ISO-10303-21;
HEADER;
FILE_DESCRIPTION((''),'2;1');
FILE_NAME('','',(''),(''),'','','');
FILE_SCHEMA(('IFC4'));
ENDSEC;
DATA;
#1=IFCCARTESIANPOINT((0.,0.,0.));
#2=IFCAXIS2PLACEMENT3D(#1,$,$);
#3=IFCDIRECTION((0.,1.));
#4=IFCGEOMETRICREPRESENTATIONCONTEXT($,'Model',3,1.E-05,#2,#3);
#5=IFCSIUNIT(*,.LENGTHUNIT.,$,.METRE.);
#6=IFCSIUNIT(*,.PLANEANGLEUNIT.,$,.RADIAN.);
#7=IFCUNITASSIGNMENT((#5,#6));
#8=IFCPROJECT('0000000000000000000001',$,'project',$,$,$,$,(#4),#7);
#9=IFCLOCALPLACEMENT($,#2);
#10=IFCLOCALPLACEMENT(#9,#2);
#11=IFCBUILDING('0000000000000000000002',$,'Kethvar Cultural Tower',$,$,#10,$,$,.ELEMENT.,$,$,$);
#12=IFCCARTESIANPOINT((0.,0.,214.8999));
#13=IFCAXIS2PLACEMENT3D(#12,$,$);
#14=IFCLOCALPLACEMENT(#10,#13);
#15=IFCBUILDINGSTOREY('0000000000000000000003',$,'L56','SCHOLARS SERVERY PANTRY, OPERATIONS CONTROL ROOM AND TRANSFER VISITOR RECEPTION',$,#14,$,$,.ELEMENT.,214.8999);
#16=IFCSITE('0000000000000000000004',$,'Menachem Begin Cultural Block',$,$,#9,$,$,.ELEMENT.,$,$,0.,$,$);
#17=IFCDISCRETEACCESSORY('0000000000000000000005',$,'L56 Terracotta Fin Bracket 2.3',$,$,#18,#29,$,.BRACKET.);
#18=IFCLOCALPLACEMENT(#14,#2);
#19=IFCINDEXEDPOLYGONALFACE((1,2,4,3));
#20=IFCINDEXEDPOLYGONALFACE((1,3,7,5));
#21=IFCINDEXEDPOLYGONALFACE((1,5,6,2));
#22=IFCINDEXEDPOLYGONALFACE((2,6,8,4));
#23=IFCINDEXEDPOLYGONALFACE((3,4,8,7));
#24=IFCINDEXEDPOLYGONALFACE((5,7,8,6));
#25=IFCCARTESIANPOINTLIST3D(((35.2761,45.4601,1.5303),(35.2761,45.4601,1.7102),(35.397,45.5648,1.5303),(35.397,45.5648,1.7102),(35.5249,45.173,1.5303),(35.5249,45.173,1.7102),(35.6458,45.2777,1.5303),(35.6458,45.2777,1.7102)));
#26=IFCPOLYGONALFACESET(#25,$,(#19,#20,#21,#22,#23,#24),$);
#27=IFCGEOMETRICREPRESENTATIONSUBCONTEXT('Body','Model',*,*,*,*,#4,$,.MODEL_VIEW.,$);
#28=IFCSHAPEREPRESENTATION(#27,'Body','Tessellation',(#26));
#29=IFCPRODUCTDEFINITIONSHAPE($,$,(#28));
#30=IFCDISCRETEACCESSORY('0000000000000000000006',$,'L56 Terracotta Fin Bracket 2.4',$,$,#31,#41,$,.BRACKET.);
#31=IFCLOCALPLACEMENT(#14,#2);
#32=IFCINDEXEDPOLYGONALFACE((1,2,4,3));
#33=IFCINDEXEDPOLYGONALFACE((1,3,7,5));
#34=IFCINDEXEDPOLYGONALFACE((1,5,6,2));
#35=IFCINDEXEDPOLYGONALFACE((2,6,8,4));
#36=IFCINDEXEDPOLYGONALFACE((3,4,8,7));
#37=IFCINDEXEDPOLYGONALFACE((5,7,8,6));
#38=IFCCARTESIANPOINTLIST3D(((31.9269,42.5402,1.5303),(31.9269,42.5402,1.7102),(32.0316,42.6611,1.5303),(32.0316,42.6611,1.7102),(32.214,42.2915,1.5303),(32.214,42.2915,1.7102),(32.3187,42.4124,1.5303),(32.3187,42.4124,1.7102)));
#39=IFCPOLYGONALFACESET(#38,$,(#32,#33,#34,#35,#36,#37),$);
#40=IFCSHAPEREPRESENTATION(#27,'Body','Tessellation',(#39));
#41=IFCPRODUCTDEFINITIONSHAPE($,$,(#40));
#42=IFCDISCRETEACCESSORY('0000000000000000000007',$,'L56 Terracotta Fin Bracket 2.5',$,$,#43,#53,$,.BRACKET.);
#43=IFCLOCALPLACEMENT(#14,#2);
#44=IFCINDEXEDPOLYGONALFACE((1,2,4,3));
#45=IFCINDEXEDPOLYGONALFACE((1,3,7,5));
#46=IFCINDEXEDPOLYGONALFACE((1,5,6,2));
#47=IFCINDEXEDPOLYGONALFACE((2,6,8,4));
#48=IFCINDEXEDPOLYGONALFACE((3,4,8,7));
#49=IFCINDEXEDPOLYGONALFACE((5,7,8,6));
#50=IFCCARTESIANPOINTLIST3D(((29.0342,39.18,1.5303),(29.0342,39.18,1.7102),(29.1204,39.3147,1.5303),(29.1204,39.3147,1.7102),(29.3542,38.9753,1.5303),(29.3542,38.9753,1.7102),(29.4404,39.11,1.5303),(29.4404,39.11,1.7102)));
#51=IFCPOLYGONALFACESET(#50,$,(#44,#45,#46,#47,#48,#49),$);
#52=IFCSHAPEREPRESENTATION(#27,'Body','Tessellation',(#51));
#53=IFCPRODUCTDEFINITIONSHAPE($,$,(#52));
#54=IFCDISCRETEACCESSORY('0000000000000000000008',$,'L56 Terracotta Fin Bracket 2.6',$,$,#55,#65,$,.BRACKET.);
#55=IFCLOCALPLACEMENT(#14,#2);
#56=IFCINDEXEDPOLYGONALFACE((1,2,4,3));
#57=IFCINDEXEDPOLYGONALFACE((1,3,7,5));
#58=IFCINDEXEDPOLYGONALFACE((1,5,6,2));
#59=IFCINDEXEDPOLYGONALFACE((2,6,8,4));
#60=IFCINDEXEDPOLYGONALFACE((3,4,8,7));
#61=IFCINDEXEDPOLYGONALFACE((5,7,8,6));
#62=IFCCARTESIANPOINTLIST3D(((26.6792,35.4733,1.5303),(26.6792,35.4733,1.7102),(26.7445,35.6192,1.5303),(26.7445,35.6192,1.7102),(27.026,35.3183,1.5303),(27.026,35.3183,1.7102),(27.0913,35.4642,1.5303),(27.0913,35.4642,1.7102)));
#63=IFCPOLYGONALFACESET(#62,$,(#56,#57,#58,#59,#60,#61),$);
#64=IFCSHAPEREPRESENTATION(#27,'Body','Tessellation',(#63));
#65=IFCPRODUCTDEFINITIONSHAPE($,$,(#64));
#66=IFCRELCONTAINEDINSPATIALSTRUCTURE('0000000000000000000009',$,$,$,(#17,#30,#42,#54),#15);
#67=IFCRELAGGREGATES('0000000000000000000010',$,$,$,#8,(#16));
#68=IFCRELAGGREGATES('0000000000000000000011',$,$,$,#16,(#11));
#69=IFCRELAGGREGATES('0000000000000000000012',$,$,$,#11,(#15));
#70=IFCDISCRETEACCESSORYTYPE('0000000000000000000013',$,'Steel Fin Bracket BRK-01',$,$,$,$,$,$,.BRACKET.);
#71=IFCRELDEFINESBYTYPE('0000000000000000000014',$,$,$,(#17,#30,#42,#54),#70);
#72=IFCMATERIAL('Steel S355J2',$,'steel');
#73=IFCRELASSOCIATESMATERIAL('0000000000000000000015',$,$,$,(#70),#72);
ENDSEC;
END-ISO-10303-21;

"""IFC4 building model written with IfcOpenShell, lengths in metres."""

from ifc_helpers import new_model, si_unit, direction, frame, origin, origin_2d, place, context, subcontext, project, spatial, rectangle, extrude, source, transform, mapped, material, type_object, element, save


model = new_model("IFC4")

# Units and contexts
model_context = context("Model", 3, precision=1e-05, world=origin(), true_north=direction((0.0, 1.0)))
body_context = subcontext(model_context, "Body", "Model", "MODEL_VIEW")
ifc_project = project(units=[si_unit("LENGTHUNIT", "METRE"), si_unit("PLANEANGLEUNIT", "RADIAN")], contexts=[model_context])

# Site, building, storey
site_placement = place(None, origin())
site = spatial("IfcSite", under=ifc_project, at=site_placement, Name="Menachem Begin Cultural Block", CompositionType="ELEMENT", RefElevation=0.0)
building_placement = place(site_placement, origin())
building = spatial("IfcBuilding", under=site, at=building_placement, Name="Kethvar Cultural Tower", CompositionType="ELEMENT")
storey_placement = place(building_placement, frame((0.0, 0.0, 214.8999)))
storey = spatial("IfcBuildingStorey", under=building, at=storey_placement, Name="L56", Description="SCHOLARS SERVERY PANTRY, OPERATIONS CONTROL ROOM AND TRANSFER VISITOR RECEPTION", CompositionType="ELEMENT", Elevation=214.8999)

# Shared definitions
ifc_material_1 = material(Name="Steel S355J2", Category="steel")

# Discrete accessories
discrete_accessory_type = type_object("IfcDiscreteAccessoryType", Name="Steel Fin Bracket BRK-01", PredefinedType="BRACKET", material=ifc_material_1)
shared_shape_1 = source(origin(), body_context, "Body", "SweptSolid", [
    extrude(rectangle(XDim=0.3799, YDim=0.1599, at=origin_2d()), origin(), (0.0, 0.0, 1.0), 0.1799),
])
for number, where, z_axis, x_axis, name in (
    (1, (35.4609, 45.3689, 1.5303), (0.0, 0.0, 1.0), (-0.654873, 0.755739, 0.0), "L56 Terracotta Fin Bracket 2.3"),
    (2, (32.1228, 42.4763, 1.5303), (0.0, 0.0, 1.0), (-0.755853, 0.654741, 0.0), "L56 Terracotta Fin Bracket 2.4"),
    (3, (29.2373, 39.145, 1.5303), (0.0, 0.0, 1.0), (-0.842358, 0.538918, 0.0), "L56 Terracotta Fin Bracket 2.5"),
    (4, (26.8853, 35.4688, 1.5303), (0.0, 0.0, 1.0), (-0.912977, 0.408012, 0.0), "L56 Terracotta Fin Bracket 2.6"),
):
    element("IfcDiscreteAccessory", number, at=place(storey_placement, frame(where, z_axis=z_axis, x_axis=x_axis)), inside=storey, type_object=discrete_accessory_type, Name=name, PredefinedType="BRACKET", context=body_context, shape_type="MappedRepresentation", body=[
        mapped(shared_shape_1, transform((0.0, 0.0, 0.0), scale=1.0)),
    ])

save(model, "model.ifc")
